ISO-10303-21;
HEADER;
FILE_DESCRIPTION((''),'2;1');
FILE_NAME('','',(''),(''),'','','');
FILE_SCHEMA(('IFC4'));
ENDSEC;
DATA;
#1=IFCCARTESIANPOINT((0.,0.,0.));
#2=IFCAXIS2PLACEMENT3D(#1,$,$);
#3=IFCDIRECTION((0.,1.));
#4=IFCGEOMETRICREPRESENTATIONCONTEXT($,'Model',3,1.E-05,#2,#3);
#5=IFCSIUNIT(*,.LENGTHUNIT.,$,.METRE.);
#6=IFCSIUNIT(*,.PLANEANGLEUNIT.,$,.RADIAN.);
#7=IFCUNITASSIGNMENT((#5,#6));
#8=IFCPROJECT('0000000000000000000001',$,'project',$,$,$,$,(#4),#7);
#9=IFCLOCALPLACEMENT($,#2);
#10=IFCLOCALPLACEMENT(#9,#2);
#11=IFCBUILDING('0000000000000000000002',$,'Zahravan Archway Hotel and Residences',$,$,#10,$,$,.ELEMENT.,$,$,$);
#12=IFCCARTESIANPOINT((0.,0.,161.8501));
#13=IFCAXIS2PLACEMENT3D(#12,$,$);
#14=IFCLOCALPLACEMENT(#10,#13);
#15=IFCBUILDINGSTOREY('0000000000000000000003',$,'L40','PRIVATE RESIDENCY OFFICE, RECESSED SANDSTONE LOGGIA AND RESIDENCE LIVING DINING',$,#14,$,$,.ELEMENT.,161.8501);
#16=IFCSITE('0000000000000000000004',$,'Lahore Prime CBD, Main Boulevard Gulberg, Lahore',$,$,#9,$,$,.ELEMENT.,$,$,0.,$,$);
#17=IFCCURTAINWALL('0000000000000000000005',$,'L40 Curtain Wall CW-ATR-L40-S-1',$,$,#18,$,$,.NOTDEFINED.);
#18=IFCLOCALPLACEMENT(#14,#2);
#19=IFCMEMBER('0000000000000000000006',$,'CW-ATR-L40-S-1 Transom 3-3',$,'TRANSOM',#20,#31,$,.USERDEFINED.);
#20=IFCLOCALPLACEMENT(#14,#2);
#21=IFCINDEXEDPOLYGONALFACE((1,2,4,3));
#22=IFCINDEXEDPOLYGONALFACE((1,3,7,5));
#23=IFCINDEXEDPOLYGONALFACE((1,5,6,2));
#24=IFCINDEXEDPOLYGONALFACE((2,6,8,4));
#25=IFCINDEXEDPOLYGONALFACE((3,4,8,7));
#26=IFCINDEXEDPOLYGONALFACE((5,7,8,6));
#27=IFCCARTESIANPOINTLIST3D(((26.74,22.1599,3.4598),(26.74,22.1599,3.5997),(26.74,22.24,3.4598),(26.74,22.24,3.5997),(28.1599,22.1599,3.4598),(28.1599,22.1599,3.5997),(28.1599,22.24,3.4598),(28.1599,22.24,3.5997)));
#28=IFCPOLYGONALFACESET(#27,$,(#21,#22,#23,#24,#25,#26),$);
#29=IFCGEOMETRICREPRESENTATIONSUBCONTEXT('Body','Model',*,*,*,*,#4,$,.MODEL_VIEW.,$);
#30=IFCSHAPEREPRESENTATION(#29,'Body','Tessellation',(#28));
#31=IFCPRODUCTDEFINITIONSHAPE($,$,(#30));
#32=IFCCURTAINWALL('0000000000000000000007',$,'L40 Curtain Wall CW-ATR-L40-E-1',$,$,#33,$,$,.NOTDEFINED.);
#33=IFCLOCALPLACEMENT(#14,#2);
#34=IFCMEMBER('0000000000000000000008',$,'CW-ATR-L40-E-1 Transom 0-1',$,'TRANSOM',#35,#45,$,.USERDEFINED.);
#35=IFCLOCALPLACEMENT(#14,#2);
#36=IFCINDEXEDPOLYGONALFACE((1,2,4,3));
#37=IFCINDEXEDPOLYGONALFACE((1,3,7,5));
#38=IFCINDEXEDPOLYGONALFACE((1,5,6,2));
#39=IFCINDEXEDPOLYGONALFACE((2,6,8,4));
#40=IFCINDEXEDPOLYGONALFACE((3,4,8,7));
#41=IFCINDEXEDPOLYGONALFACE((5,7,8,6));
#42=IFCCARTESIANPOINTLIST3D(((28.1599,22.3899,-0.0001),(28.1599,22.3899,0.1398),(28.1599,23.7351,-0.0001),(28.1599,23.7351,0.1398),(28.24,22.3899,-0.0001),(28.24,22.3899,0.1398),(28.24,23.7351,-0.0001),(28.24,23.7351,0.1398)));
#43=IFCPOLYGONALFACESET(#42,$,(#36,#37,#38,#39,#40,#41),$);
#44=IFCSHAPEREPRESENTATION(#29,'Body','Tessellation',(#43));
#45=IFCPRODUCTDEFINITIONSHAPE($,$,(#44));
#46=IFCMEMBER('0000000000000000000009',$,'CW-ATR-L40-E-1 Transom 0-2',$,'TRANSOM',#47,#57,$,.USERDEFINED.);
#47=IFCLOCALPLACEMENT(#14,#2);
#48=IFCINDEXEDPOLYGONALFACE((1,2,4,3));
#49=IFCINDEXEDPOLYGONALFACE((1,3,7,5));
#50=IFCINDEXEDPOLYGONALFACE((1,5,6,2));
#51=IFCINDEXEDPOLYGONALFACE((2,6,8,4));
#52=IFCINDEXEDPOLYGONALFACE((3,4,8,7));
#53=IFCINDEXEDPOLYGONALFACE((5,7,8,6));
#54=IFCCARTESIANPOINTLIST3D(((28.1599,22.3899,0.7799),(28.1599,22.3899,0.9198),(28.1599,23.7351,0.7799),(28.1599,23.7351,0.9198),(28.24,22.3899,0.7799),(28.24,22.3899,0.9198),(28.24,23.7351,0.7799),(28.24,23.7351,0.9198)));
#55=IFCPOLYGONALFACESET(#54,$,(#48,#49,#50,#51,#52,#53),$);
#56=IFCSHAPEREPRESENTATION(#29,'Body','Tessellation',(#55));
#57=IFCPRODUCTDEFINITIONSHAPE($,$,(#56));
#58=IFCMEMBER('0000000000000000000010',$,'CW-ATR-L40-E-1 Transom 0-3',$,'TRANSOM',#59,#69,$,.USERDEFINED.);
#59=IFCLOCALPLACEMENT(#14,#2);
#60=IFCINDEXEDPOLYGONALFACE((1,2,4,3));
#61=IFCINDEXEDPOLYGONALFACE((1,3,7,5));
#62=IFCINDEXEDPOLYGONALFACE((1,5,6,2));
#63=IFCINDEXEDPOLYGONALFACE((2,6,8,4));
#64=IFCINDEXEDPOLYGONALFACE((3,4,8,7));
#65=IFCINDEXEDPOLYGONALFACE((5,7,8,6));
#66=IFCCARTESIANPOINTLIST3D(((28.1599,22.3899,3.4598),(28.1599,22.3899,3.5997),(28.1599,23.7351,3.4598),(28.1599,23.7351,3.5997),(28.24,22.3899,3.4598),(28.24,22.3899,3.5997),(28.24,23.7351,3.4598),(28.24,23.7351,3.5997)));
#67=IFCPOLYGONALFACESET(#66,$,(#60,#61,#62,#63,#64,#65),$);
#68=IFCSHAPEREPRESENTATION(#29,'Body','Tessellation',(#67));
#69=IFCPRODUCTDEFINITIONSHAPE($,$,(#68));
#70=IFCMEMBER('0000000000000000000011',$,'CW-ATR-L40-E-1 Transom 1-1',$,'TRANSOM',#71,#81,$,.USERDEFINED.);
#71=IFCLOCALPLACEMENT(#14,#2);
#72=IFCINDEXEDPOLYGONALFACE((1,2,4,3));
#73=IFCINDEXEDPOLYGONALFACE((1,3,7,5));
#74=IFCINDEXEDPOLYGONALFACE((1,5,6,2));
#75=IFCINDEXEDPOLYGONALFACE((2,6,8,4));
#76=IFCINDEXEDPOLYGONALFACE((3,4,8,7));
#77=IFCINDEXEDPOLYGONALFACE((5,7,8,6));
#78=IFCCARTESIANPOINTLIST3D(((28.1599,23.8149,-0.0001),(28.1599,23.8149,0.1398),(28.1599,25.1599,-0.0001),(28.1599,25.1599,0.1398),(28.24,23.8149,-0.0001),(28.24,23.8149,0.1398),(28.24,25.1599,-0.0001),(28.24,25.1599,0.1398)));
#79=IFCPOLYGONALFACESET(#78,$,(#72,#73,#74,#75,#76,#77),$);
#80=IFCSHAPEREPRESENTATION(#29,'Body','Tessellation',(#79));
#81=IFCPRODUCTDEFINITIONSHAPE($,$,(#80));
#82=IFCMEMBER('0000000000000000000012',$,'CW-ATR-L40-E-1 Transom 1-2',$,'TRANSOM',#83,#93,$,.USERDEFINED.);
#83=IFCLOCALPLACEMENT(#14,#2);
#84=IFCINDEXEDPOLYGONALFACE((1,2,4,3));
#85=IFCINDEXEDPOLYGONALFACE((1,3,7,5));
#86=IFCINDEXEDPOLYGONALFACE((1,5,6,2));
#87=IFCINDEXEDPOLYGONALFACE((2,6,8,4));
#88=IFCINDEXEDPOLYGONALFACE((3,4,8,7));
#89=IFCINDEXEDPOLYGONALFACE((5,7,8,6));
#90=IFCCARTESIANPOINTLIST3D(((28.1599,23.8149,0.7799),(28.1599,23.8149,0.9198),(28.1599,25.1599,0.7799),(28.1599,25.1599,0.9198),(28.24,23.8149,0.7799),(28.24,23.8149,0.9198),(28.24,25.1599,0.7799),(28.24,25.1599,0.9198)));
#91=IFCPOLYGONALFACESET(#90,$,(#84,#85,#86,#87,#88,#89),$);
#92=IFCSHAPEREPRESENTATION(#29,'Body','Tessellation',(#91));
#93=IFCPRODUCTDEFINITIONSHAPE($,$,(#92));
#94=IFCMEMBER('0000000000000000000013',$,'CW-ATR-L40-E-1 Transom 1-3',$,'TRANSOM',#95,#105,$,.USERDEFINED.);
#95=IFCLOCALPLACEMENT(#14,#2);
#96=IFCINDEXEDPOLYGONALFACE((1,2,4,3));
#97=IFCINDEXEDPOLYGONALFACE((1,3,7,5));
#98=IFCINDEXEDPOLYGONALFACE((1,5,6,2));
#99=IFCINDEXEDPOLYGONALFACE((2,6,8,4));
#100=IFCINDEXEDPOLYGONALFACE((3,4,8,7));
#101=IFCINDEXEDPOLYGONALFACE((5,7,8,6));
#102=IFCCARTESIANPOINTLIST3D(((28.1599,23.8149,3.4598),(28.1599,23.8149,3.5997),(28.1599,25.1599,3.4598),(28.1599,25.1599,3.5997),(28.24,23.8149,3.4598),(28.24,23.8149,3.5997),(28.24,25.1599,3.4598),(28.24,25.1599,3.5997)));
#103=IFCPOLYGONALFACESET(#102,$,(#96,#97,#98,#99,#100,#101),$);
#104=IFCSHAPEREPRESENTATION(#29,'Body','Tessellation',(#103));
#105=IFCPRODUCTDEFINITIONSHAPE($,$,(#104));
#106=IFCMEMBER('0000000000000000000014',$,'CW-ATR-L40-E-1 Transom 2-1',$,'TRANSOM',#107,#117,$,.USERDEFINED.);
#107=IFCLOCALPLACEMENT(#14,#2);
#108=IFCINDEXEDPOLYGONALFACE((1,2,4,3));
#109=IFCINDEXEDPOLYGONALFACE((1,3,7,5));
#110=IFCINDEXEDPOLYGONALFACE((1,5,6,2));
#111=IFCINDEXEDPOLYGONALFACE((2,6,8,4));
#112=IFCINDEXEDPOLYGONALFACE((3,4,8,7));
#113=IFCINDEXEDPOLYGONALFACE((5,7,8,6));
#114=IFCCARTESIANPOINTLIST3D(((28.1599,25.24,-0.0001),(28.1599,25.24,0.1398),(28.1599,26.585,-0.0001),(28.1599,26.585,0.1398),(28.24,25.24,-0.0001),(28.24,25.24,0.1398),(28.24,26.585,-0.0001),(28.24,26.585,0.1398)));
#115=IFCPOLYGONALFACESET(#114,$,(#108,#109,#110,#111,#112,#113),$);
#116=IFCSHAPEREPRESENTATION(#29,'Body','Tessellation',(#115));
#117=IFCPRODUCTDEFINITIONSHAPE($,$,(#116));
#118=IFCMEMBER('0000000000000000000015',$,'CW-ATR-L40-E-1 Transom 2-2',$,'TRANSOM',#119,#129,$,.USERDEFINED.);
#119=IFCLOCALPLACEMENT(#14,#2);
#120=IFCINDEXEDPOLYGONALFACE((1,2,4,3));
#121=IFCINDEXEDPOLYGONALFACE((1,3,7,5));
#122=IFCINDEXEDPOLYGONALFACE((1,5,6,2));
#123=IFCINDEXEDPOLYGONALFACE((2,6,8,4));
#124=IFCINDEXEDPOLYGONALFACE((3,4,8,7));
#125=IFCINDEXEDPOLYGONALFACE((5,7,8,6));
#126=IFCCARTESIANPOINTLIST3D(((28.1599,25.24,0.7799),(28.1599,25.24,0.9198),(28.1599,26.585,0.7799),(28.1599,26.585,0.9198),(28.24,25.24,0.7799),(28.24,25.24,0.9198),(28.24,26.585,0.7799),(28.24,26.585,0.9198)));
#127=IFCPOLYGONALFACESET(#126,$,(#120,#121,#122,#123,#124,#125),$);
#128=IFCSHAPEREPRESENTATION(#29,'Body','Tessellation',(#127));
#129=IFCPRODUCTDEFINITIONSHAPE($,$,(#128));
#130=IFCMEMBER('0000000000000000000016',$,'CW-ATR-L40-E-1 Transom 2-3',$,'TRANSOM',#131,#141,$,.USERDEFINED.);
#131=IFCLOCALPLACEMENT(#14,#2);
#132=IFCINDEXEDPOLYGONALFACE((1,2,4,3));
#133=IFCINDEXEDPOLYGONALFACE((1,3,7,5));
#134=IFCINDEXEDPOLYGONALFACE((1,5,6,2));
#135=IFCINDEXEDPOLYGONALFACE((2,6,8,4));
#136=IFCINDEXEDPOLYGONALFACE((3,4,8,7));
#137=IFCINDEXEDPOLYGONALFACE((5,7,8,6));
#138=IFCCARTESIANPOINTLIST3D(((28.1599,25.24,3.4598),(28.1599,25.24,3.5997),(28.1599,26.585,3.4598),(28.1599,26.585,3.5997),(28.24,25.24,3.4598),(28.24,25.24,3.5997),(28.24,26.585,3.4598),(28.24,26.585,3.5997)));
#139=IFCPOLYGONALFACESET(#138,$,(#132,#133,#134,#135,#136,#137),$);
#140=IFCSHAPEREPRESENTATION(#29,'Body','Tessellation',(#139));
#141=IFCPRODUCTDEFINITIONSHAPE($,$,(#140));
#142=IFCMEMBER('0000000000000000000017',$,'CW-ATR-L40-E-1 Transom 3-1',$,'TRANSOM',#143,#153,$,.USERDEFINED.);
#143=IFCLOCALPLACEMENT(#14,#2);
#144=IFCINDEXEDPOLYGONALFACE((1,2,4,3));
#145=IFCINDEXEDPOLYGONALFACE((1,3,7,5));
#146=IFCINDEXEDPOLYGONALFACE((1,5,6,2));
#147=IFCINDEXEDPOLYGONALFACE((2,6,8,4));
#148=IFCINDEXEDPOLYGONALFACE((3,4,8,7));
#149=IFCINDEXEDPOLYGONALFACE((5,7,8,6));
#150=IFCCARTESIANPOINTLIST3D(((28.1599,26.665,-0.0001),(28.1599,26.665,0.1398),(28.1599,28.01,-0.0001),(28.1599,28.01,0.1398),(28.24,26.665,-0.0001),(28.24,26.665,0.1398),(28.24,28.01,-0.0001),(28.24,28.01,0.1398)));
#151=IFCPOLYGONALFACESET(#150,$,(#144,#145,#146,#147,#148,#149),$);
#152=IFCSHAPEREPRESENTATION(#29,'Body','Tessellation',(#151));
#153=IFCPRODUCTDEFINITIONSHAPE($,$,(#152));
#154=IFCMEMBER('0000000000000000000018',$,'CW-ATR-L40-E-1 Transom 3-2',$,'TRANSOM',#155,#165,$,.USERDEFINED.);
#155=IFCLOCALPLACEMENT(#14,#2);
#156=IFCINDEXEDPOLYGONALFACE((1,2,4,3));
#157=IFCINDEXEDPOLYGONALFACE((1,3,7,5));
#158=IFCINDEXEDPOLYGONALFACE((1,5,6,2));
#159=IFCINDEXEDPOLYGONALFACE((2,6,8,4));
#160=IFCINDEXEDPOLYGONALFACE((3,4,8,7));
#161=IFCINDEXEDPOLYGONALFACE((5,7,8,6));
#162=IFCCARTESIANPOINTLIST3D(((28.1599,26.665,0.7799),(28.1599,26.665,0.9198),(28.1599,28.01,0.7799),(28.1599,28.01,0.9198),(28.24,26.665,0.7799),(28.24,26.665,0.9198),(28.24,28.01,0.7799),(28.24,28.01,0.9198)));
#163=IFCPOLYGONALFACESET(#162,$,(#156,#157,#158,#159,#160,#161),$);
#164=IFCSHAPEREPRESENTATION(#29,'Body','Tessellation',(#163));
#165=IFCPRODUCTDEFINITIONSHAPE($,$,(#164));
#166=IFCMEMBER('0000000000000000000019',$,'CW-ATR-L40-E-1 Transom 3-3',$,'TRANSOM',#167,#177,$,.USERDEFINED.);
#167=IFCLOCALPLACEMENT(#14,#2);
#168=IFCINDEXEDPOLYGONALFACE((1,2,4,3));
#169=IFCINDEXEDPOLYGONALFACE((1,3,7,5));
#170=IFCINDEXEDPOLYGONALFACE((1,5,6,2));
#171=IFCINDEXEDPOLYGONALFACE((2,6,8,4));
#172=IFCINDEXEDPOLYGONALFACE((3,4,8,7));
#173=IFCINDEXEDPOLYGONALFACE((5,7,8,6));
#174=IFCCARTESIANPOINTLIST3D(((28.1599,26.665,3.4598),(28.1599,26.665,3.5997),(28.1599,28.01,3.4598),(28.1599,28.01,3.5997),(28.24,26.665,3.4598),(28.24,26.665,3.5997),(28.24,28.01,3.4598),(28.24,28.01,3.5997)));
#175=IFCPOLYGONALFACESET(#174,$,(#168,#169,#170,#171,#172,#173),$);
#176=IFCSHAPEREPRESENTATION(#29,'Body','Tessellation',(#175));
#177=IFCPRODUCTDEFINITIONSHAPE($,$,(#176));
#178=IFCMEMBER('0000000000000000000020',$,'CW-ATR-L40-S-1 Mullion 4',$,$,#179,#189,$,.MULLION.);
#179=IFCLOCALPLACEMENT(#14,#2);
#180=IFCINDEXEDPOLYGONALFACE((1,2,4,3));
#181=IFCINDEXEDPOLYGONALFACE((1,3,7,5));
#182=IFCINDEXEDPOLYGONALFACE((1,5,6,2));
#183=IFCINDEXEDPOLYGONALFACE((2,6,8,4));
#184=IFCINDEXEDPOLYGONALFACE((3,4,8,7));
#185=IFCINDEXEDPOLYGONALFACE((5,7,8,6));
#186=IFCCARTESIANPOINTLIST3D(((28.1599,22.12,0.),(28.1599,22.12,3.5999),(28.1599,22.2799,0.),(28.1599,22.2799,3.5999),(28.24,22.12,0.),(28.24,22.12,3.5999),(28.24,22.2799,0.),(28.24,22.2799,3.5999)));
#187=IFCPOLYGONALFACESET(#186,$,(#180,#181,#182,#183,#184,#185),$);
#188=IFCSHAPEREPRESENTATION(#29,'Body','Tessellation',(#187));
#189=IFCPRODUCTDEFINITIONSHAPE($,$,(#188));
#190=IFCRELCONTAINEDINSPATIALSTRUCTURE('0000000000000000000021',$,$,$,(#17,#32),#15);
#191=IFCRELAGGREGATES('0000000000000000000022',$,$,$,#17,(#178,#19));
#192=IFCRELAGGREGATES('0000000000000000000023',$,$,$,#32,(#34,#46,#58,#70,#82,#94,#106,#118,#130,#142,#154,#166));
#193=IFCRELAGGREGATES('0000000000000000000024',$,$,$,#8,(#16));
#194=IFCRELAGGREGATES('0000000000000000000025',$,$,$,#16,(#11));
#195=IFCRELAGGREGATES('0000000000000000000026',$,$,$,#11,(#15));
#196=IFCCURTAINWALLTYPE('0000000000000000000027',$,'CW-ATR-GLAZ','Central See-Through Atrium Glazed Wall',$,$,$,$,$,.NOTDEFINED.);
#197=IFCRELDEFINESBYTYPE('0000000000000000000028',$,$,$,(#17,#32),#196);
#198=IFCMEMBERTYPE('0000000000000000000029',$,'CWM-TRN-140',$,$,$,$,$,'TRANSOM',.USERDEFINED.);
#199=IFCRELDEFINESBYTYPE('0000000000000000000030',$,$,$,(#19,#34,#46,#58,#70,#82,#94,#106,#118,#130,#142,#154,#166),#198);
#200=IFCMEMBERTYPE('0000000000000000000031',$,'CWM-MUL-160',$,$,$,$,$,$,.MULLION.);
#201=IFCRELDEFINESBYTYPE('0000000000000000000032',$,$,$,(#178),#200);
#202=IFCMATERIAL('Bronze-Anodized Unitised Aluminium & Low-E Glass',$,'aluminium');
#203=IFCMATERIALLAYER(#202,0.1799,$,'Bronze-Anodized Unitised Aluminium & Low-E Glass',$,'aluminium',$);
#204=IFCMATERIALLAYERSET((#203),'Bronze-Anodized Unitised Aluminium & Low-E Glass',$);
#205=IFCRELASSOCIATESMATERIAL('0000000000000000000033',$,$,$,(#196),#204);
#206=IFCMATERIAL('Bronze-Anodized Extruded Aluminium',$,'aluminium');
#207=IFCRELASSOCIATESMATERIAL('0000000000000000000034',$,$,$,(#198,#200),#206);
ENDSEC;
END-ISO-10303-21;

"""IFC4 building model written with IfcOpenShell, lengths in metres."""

from ifc_helpers import new_model, si_unit, direction, frame, origin, origin_2d, place, context, subcontext, project, spatial, rectangle, extrude, source, transform, mapped, material, layer, layer_set, material_profile, profile_set, type_object, element, aggregate, save


model = new_model("IFC4")

# Units and contexts
model_context = context("Model", 3, precision=1e-05, world=origin(), true_north=direction((0.0, 1.0)))
body_context = subcontext(model_context, "Body", "Model", "MODEL_VIEW")
ifc_project = project(units=[si_unit("LENGTHUNIT", "METRE"), si_unit("PLANEANGLEUNIT", "RADIAN")], contexts=[model_context])

# Site, building, storey
site_placement = place(None, origin())
site = spatial("IfcSite", under=ifc_project, at=site_placement, Name="Lahore Prime CBD, Main Boulevard Gulberg, Lahore", CompositionType="ELEMENT", RefElevation=0.0)
building_placement = place(site_placement, origin())
building = spatial("IfcBuilding", under=site, at=building_placement, Name="Zahravan Archway Hotel and Residences", CompositionType="ELEMENT")
storey_placement = place(building_placement, frame((0.0, 0.0, 161.8501)))
storey = spatial("IfcBuildingStorey", under=building, at=storey_placement, Name="L40", Description="PRIVATE RESIDENCY OFFICE, RECESSED SANDSTONE LOGGIA AND RESIDENCE LIVING DINING", CompositionType="ELEMENT", Elevation=161.8501)

# Curtain wall, member
ifc_material_1 = material(Name="Bronze-Anodized Unitised Aluminium & Low-E Glass", Category="aluminium")
ifc_layer_1 = layer(ifc_material_1, 0.1799, Name="Bronze-Anodized Unitised Aluminium & Low-E Glass", Category="aluminium")
ifc_layer_set_1 = layer_set([ifc_layer_1], Name="Bronze-Anodized Unitised Aluminium & Low-E Glass")
curtain_wall_type = type_object("IfcCurtainWallType", Name="CW-ATR-GLAZ", Description="Central See-Through Atrium Glazed Wall", PredefinedType="NOTDEFINED", material=ifc_layer_set_1)
curtain_wall_1_placement = place(storey_placement, origin())
curtain_wall_1 = element("IfcCurtainWall", 1, at=curtain_wall_1_placement, inside=storey, type_object=curtain_wall_type, Name="L40 Curtain Wall CW-ATR-L40-S-1", PredefinedType="NOTDEFINED")
ifc_material_2 = material(Name="Bronze-Anodized Extruded Aluminium", Category="aluminium")
ifc_material_profile_1 = material_profile(ifc_material_2, rectangle(XDim=0.0801, YDim=0.1399, at=origin_2d()), Name="TRN 80x140", Category="aluminium")
ifc_profile_set_1 = profile_set([ifc_material_profile_1], Name="Bronze-Anodized Extruded Aluminium")
member_type_1 = type_object("IfcMemberType", Name="CWM-TRN-140", ElementType="TRANSOM", PredefinedType="USERDEFINED", material=ifc_profile_set_1)
shared_shape_1 = source(origin(), body_context, "Body", "SweptSolid", [
    extrude(rectangle(XDim=0.0801, YDim=0.1399, at=origin_2d()), origin(), (0.0, 0.0, 1.0), 1.4199),
])
member_1_placement = place(storey_placement, frame((26.74, 22.2, 3.5298), z_axis=(1.0, 0.0, 0.0), x_axis=(0.0, 1.0, 0.0)))
member_1 = element("IfcMember", 2, at=member_1_placement, type_object=member_type_1, Name="CW-ATR-L40-S-1 Transom 3-3", ObjectType="TRANSOM", PredefinedType="USERDEFINED", context=body_context, shape_type="MappedRepresentation", body=[
    mapped(shared_shape_1, transform((0.0, 0.0, 0.0), scale=1.0)),
])

# Curtain wall, members
curtain_wall_2_placement = place(storey_placement, origin())
curtain_wall_2 = element("IfcCurtainWall", 3, at=curtain_wall_2_placement, inside=storey, type_object=curtain_wall_type, Name="L40 Curtain Wall CW-ATR-L40-E-1", PredefinedType="NOTDEFINED")
shared_shape_2 = source(origin(), body_context, "Body", "SweptSolid", [
    extrude(rectangle(XDim=0.0801, YDim=0.1399, at=origin_2d()), origin(), (0.0, 0.0, 1.0), 1.3452),
])
member_2_placement = place(storey_placement, frame((28.2, 22.3899, 0.0698), z_axis=(0.0, 1.0, 0.0), x_axis=(-1.0, 0.0, 0.0)))
member_2 = element("IfcMember", 4, at=member_2_placement, type_object=member_type_1, Name="CW-ATR-L40-E-1 Transom 0-1", ObjectType="TRANSOM", PredefinedType="USERDEFINED", context=body_context, shape_type="MappedRepresentation", body=[
    mapped(shared_shape_2, transform((0.0, 0.0, 0.0), scale=1.0)),
])
member_3_placement = place(storey_placement, frame((28.2, 22.3899, 0.8499), z_axis=(0.0, 1.0, 0.0), x_axis=(-1.0, 0.0, 0.0)))
member_3 = element("IfcMember", 5, at=member_3_placement, type_object=member_type_1, Name="CW-ATR-L40-E-1 Transom 0-2", ObjectType="TRANSOM", PredefinedType="USERDEFINED", context=body_context, shape_type="MappedRepresentation", body=[
    mapped(shared_shape_2, transform((0.0, 0.0, 0.0), scale=1.0)),
])
member_4_placement = place(storey_placement, frame((28.2, 22.3899, 3.5298), z_axis=(0.0, 1.0, 0.0), x_axis=(-1.0, 0.0, 0.0)))
member_4 = element("IfcMember", 6, at=member_4_placement, type_object=member_type_1, Name="CW-ATR-L40-E-1 Transom 0-3", ObjectType="TRANSOM", PredefinedType="USERDEFINED", context=body_context, shape_type="MappedRepresentation", body=[
    mapped(shared_shape_2, transform((0.0, 0.0, 0.0), scale=1.0)),
])
shared_shape_3 = source(origin(), body_context, "Body", "SweptSolid", [
    extrude(rectangle(XDim=0.0801, YDim=0.1399, at=origin_2d()), origin(), (0.0, 0.0, 1.0), 1.345),
])
member_5_placement = place(storey_placement, frame((28.2, 23.8149, 0.0698), z_axis=(0.0, 1.0, 0.0), x_axis=(-1.0, 0.0, 0.0)))
member_5 = element("IfcMember", 7, at=member_5_placement, type_object=member_type_1, Name="CW-ATR-L40-E-1 Transom 1-1", ObjectType="TRANSOM", PredefinedType="USERDEFINED", context=body_context, shape_type="MappedRepresentation", body=[
    mapped(shared_shape_3, transform((0.0, 0.0, 0.0), scale=1.0)),
])
member_6_placement = place(storey_placement, frame((28.2, 23.8149, 0.8499), z_axis=(0.0, 1.0, 0.0), x_axis=(-1.0, 0.0, 0.0)))
member_6 = element("IfcMember", 8, at=member_6_placement, type_object=member_type_1, Name="CW-ATR-L40-E-1 Transom 1-2", ObjectType="TRANSOM", PredefinedType="USERDEFINED", context=body_context, shape_type="MappedRepresentation", body=[
    mapped(shared_shape_3, transform((0.0, 0.0, 0.0), scale=1.0)),
])
member_7_placement = place(storey_placement, frame((28.2, 23.8149, 3.5298), z_axis=(0.0, 1.0, 0.0), x_axis=(-1.0, 0.0, 0.0)))
member_7 = element("IfcMember", 9, at=member_7_placement, type_object=member_type_1, Name="CW-ATR-L40-E-1 Transom 1-3", ObjectType="TRANSOM", PredefinedType="USERDEFINED", context=body_context, shape_type="MappedRepresentation", body=[
    mapped(shared_shape_3, transform((0.0, 0.0, 0.0), scale=1.0)),
])
member_8_placement = place(storey_placement, frame((28.2, 25.24, 0.0698), z_axis=(0.0, 1.0, 0.0), x_axis=(-1.0, 0.0, 0.0)))
member_8 = element("IfcMember", 10, at=member_8_placement, type_object=member_type_1, Name="CW-ATR-L40-E-1 Transom 2-1", ObjectType="TRANSOM", PredefinedType="USERDEFINED", context=body_context, shape_type="MappedRepresentation", body=[
    mapped(shared_shape_3, transform((0.0, 0.0, 0.0), scale=1.0)),
])
member_9_placement = place(storey_placement, frame((28.2, 25.24, 0.8499), z_axis=(0.0, 1.0, 0.0), x_axis=(-1.0, 0.0, 0.0)))
member_9 = element("IfcMember", 11, at=member_9_placement, type_object=member_type_1, Name="CW-ATR-L40-E-1 Transom 2-2", ObjectType="TRANSOM", PredefinedType="USERDEFINED", context=body_context, shape_type="MappedRepresentation", body=[
    mapped(shared_shape_3, transform((0.0, 0.0, 0.0), scale=1.0)),
])
member_10_placement = place(storey_placement, frame((28.2, 25.24, 3.5298), z_axis=(0.0, 1.0, 0.0), x_axis=(-1.0, 0.0, 0.0)))
member_10 = element("IfcMember", 12, at=member_10_placement, type_object=member_type_1, Name="CW-ATR-L40-E-1 Transom 2-3", ObjectType="TRANSOM", PredefinedType="USERDEFINED", context=body_context, shape_type="MappedRepresentation", body=[
    mapped(shared_shape_3, transform((0.0, 0.0, 0.0), scale=1.0)),
])
member_11_placement = place(storey_placement, frame((28.2, 26.665, 0.0698), z_axis=(0.0, 1.0, 0.0), x_axis=(-1.0, 0.0, 0.0)))
member_11 = element("IfcMember", 13, at=member_11_placement, type_object=member_type_1, Name="CW-ATR-L40-E-1 Transom 3-1", ObjectType="TRANSOM", PredefinedType="USERDEFINED", context=body_context, shape_type="MappedRepresentation", body=[
    mapped(shared_shape_3, transform((0.0, 0.0, 0.0), scale=1.0)),
])
member_12_placement = place(storey_placement, frame((28.2, 26.665, 0.8499), z_axis=(0.0, 1.0, 0.0), x_axis=(-1.0, 0.0, 0.0)))
member_12 = element("IfcMember", 14, at=member_12_placement, type_object=member_type_1, Name="CW-ATR-L40-E-1 Transom 3-2", ObjectType="TRANSOM", PredefinedType="USERDEFINED", context=body_context, shape_type="MappedRepresentation", body=[
    mapped(shared_shape_3, transform((0.0, 0.0, 0.0), scale=1.0)),
])
member_13_placement = place(storey_placement, frame((28.2, 26.665, 3.5298), z_axis=(0.0, 1.0, 0.0), x_axis=(-1.0, 0.0, 0.0)))
member_13 = element("IfcMember", 15, at=member_13_placement, type_object=member_type_1, Name="CW-ATR-L40-E-1 Transom 3-3", ObjectType="TRANSOM", PredefinedType="USERDEFINED", context=body_context, shape_type="MappedRepresentation", body=[
    mapped(shared_shape_3, transform((0.0, 0.0, 0.0), scale=1.0)),
])

# Member
ifc_material_profile_2 = material_profile(ifc_material_2, rectangle(XDim=0.0801, YDim=0.1599, at=origin_2d()), Name="MUL 80x160", Category="aluminium")
ifc_profile_set_2 = profile_set([ifc_material_profile_2], Name="Bronze-Anodized Extruded Aluminium")
member_type_2 = type_object("IfcMemberType", Name="CWM-MUL-160", PredefinedType="MULLION", material=ifc_profile_set_2)
shared_shape_4 = source(origin(), body_context, "Body", "SweptSolid", [
    extrude(rectangle(XDim=0.0801, YDim=0.1599, at=origin_2d()), origin(), (0.0, 0.0, 1.0), 3.5999),
])
member_14_placement = place(storey_placement, frame((28.2, 22.2, 0.0), z_axis=(0.0, 0.0, 1.0), x_axis=(1.0, 0.0, 0.0)))
member_14 = element("IfcMember", 16, at=member_14_placement, type_object=member_type_2, Name="CW-ATR-L40-S-1 Mullion 4", PredefinedType="MULLION", context=body_context, shape_type="MappedRepresentation", body=[
    mapped(shared_shape_4, transform((0.0, 0.0, 0.0), scale=1.0)),
])

aggregate(curtain_wall_1, [member_14, member_1])
aggregate(curtain_wall_2, [member_2, member_3, member_4, member_5, member_6, member_7, member_8, member_9, member_10, member_11, member_12, member_13])

save(model, "model.ifc")
